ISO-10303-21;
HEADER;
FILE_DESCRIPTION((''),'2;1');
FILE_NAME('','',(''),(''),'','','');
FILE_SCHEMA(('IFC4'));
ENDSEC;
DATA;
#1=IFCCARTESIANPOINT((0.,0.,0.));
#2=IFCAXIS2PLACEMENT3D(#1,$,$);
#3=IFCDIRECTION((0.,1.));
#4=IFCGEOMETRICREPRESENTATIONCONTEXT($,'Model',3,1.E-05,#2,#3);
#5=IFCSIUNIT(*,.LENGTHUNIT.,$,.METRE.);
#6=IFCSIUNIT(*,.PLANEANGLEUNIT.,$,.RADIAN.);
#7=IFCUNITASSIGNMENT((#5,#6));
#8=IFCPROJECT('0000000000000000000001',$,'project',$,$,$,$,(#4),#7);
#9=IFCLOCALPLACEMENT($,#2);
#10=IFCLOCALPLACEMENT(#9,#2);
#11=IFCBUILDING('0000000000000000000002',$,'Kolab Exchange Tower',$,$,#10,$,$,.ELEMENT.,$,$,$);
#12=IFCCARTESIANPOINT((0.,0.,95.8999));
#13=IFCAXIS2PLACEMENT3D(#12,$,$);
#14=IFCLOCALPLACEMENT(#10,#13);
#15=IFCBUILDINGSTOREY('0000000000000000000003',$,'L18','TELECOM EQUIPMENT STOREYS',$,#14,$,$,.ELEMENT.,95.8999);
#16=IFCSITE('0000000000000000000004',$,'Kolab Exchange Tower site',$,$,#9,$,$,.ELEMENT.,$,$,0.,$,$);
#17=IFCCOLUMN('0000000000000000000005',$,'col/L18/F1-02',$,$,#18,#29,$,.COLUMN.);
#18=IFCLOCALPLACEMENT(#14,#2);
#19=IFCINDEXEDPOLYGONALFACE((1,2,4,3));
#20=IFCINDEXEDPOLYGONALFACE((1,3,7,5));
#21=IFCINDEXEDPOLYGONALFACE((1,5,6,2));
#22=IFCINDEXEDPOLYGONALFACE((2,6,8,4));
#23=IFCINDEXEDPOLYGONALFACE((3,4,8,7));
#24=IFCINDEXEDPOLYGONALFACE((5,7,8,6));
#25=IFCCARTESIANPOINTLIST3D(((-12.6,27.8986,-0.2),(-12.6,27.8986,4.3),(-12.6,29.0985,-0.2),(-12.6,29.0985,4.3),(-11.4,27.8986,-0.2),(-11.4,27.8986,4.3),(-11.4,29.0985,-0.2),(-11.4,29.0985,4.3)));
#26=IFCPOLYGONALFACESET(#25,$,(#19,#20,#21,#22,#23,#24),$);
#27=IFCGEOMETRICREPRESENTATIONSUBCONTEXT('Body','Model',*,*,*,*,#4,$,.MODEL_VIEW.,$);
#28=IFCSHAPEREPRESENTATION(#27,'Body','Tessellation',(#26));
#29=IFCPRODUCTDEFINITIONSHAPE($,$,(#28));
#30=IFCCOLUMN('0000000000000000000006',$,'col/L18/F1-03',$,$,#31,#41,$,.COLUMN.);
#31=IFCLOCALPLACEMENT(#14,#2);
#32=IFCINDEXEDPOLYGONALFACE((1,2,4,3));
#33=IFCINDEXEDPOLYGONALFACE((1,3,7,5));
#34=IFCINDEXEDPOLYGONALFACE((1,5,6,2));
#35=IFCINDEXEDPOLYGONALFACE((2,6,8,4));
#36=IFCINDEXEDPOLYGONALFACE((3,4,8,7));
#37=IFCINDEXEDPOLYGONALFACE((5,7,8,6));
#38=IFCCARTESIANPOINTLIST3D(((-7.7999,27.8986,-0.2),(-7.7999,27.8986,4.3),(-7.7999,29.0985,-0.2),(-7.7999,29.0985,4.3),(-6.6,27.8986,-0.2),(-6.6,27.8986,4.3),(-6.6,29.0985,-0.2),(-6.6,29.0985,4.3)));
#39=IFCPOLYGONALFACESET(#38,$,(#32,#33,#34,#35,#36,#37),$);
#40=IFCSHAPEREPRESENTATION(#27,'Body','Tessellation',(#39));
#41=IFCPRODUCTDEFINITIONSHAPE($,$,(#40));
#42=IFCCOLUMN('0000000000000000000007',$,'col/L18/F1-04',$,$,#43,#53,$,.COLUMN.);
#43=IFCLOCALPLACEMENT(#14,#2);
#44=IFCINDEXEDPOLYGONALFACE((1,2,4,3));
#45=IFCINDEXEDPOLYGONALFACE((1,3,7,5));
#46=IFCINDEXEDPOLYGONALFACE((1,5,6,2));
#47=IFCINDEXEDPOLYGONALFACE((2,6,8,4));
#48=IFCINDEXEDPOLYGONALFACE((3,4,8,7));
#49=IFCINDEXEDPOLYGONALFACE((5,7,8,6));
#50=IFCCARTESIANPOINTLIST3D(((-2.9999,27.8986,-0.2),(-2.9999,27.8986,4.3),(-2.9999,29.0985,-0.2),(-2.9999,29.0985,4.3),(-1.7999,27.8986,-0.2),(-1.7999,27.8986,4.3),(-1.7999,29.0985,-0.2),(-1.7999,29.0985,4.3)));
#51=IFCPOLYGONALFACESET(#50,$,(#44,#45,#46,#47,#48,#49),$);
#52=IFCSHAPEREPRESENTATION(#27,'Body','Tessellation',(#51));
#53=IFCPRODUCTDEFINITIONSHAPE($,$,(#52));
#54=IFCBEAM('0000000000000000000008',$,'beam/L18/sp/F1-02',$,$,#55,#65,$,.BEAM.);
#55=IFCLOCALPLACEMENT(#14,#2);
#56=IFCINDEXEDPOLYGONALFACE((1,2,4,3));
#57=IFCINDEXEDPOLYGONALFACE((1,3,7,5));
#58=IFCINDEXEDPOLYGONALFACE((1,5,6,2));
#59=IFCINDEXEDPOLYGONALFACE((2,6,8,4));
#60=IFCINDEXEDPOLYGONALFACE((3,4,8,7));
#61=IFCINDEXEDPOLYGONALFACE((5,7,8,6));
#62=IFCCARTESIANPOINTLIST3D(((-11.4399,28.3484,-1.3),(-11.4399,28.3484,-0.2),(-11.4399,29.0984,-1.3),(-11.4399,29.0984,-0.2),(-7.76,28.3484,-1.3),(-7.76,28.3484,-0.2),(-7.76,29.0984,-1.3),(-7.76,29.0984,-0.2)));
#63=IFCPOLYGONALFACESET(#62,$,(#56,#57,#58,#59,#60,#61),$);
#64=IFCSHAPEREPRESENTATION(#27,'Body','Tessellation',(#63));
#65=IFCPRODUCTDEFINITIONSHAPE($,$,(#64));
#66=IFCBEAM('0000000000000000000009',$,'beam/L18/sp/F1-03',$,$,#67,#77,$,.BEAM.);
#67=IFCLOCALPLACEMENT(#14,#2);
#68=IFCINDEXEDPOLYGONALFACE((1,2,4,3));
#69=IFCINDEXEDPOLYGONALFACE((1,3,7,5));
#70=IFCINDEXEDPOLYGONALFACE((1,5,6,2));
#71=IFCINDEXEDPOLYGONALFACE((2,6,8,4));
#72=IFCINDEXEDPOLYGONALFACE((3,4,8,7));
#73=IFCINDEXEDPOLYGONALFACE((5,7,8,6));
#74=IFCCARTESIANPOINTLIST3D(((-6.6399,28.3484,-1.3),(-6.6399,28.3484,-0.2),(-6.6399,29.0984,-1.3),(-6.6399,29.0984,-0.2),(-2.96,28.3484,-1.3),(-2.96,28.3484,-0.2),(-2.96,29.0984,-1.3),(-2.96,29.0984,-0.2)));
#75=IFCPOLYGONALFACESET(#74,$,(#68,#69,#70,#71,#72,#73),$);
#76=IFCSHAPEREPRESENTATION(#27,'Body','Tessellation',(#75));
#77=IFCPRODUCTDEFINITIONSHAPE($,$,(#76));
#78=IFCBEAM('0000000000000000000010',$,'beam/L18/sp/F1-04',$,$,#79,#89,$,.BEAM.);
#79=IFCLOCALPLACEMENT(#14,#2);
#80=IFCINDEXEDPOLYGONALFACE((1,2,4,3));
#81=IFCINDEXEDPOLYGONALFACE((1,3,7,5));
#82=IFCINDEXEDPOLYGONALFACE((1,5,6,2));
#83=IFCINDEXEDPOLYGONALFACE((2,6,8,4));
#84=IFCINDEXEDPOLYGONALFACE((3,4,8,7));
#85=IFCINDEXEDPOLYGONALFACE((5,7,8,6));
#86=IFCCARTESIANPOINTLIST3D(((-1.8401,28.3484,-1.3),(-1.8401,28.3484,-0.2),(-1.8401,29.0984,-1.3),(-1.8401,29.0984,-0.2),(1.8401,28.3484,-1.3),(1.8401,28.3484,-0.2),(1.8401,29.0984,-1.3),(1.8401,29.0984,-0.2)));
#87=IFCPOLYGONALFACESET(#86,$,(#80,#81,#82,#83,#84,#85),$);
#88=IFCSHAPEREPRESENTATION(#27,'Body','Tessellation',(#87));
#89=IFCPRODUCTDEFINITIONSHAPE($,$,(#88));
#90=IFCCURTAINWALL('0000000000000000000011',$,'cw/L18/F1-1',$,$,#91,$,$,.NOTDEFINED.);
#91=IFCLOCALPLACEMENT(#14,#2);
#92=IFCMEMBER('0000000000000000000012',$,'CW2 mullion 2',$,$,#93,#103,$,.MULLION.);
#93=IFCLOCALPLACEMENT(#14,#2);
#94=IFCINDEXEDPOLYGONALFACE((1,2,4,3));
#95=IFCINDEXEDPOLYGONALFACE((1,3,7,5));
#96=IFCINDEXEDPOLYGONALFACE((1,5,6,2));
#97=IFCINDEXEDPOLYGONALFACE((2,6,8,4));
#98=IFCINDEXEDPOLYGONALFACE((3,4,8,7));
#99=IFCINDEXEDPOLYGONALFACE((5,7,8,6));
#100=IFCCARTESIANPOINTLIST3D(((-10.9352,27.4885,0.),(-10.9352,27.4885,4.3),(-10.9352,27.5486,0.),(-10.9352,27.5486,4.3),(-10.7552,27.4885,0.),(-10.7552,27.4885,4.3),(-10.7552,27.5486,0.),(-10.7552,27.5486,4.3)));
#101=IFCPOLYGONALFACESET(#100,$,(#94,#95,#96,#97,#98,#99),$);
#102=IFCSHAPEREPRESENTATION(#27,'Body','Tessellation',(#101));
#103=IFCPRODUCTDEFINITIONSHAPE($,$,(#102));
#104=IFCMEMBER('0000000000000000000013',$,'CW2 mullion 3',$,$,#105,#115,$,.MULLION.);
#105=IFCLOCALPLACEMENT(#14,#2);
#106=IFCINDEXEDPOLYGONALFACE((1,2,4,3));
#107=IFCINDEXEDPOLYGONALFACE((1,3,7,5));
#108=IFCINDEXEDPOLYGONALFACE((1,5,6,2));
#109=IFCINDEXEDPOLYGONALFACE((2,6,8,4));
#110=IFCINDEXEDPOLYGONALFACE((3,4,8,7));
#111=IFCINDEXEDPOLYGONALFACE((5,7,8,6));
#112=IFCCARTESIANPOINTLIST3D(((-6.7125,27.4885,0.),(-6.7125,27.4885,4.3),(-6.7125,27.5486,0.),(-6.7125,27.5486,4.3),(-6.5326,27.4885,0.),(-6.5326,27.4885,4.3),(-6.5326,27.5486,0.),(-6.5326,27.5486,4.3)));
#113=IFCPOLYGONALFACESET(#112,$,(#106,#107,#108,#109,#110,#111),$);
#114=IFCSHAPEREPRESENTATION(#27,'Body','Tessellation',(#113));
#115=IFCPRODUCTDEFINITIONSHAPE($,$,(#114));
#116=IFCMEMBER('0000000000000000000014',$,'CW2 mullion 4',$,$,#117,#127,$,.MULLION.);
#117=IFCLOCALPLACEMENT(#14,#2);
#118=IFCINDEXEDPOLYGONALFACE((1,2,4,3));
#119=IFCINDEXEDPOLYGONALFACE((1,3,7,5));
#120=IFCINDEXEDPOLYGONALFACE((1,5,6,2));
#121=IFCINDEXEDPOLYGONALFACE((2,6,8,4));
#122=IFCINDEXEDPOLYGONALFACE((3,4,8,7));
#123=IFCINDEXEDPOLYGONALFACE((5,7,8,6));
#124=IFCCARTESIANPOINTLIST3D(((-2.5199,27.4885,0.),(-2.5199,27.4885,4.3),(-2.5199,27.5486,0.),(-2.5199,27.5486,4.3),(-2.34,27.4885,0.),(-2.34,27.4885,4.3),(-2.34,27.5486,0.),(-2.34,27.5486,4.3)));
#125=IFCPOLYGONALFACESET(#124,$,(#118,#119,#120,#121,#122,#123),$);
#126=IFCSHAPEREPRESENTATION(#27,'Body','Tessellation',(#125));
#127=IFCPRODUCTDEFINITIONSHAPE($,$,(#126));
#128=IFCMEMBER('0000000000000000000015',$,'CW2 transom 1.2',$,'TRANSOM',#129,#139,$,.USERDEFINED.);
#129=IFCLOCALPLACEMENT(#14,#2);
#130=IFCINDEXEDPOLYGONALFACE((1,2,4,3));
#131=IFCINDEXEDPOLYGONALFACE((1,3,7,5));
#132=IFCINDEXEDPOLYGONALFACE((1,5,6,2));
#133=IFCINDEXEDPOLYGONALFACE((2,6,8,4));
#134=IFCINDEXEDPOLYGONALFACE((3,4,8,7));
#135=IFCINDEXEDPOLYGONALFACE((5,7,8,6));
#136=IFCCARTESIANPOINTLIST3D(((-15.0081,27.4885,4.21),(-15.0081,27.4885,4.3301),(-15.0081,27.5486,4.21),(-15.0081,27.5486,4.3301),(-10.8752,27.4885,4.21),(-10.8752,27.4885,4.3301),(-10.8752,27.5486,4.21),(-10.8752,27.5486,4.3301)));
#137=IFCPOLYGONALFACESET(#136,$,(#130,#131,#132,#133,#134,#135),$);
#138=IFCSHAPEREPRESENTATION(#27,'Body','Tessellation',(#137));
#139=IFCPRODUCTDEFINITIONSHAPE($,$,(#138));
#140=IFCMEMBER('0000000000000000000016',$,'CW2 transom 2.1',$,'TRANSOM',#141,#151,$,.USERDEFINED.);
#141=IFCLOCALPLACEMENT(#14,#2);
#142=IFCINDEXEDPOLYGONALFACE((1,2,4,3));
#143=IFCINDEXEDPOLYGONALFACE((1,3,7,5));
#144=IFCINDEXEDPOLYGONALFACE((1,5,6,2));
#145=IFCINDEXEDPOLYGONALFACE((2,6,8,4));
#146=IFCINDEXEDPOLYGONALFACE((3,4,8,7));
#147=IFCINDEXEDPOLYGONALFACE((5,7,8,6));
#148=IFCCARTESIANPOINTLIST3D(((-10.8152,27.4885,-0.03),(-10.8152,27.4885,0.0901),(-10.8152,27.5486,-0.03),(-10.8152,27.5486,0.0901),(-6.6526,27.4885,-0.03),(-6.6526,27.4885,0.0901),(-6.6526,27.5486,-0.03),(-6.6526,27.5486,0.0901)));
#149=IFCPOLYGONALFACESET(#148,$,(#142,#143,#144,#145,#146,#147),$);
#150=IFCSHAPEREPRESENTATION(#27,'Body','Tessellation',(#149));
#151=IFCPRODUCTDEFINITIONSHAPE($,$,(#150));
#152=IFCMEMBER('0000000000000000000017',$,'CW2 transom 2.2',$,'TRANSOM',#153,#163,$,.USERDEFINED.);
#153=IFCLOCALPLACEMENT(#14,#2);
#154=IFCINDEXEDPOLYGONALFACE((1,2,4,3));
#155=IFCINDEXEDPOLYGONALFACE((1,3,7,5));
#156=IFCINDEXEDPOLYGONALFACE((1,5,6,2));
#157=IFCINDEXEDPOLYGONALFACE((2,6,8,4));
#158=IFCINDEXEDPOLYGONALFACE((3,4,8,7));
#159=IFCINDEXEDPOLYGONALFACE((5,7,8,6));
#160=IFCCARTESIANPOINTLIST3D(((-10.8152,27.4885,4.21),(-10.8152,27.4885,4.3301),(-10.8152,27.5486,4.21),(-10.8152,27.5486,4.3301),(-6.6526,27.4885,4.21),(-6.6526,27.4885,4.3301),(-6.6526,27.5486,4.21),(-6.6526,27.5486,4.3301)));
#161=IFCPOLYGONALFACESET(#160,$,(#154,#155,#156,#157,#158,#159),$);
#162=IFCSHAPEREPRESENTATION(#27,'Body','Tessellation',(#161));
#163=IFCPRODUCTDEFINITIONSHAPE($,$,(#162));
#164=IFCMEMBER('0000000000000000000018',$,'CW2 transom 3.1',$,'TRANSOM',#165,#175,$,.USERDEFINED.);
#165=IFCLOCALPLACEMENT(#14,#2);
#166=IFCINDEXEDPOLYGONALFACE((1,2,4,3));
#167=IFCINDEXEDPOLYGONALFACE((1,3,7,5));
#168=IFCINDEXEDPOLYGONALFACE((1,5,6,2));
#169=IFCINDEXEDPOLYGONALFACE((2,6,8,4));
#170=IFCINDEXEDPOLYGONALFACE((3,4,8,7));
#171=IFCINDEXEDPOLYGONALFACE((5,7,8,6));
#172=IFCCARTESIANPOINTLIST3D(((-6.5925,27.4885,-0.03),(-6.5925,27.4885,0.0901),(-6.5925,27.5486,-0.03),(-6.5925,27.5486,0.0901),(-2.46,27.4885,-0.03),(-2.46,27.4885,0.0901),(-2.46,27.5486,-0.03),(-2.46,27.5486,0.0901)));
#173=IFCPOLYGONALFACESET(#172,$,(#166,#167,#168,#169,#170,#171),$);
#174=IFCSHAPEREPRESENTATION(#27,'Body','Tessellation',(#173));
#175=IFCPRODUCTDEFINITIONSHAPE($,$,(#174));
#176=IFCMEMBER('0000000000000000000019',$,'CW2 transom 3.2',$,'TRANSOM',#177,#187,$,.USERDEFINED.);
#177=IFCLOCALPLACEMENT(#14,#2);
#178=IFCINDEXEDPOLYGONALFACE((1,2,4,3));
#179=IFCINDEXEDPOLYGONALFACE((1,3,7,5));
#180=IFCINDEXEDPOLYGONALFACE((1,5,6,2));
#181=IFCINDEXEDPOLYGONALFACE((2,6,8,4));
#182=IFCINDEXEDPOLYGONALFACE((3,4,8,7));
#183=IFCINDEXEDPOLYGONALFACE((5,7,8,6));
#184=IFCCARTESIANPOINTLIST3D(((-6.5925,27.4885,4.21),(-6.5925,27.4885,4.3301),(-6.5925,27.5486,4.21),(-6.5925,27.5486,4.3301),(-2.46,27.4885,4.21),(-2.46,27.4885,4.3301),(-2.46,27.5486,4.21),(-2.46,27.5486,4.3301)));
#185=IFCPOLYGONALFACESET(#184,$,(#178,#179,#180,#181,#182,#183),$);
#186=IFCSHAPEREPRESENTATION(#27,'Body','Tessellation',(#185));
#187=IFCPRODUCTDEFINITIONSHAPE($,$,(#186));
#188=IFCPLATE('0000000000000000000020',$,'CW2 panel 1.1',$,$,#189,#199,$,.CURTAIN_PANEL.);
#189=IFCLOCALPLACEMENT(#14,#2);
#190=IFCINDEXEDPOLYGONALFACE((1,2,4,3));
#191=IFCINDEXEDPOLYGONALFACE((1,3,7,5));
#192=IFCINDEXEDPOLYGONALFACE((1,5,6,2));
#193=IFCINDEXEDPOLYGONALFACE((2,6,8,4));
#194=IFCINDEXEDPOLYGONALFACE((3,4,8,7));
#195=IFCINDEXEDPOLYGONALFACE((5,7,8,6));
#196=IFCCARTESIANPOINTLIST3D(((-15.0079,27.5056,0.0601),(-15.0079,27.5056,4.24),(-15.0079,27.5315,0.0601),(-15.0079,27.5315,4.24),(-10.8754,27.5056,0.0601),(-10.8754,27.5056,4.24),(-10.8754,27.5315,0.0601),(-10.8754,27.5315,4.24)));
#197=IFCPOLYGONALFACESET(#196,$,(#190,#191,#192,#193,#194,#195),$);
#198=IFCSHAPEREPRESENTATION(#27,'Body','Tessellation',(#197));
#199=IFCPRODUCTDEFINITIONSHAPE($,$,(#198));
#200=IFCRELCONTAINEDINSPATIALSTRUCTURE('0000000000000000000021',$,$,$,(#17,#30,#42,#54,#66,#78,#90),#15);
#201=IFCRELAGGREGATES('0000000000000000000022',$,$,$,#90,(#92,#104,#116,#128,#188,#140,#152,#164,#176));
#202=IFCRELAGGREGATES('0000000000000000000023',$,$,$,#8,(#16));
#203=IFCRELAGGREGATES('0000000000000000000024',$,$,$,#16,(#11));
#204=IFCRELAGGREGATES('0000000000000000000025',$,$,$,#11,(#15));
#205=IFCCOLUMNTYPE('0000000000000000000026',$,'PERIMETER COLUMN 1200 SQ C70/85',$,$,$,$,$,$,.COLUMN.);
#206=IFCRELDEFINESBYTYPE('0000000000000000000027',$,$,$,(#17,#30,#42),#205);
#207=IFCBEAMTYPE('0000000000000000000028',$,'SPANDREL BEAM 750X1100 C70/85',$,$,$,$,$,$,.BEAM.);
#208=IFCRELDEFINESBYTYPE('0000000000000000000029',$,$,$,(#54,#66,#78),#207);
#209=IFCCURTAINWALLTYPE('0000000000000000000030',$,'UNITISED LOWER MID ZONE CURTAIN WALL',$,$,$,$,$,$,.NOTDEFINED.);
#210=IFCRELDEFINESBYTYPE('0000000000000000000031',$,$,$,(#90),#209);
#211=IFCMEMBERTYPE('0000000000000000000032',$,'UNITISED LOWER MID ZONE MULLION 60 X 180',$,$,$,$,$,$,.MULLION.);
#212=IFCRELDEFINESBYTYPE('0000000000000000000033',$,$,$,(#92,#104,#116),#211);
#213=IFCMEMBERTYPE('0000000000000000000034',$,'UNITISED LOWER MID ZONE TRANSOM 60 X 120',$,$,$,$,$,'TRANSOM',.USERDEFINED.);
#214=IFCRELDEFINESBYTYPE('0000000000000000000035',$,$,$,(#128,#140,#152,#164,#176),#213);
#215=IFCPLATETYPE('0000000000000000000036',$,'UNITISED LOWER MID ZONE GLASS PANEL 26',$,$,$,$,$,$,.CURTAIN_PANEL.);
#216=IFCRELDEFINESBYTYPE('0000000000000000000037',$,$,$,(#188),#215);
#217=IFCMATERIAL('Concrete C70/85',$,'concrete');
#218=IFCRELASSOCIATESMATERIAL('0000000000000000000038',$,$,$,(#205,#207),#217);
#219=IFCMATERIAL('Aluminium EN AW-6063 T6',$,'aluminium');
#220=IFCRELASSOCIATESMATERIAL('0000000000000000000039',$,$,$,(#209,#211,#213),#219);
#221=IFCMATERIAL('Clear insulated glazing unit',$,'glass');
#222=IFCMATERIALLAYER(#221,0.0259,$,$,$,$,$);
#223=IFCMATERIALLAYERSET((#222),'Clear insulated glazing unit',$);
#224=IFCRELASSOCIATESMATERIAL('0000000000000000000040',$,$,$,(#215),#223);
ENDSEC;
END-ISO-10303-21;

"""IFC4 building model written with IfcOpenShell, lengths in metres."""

from ifc_helpers import new_model, si_unit, direction, frame, origin, origin_2d, place, context, subcontext, project, spatial, rectangle, extrude, material, layer, layer_set, material_profile, profile_set, type_object, element, aggregate, save


model = new_model("IFC4")

# Units and contexts
model_context = context("Model", 3, precision=1e-05, world=origin(), true_north=direction((0.0, 1.0)))
body_context = subcontext(model_context, "Body", "Model", "MODEL_VIEW")
ifc_project = project(units=[si_unit("LENGTHUNIT", "METRE"), si_unit("PLANEANGLEUNIT", "RADIAN")], contexts=[model_context])

# Site, building, storey
site_placement = place(None, origin())
site = spatial("IfcSite", under=ifc_project, at=site_placement, Name="Kolab Exchange Tower site", CompositionType="ELEMENT", RefElevation=0.0)
building_placement = place(site_placement, origin())
building = spatial("IfcBuilding", under=site, at=building_placement, Name="Kolab Exchange Tower", CompositionType="ELEMENT")
storey_placement = place(building_placement, frame((0.0, 0.0, 95.8999)))
storey = spatial("IfcBuildingStorey", under=building, at=storey_placement, Name="L18", Description="TELECOM EQUIPMENT STOREYS", CompositionType="ELEMENT", Elevation=95.8999)

# Columns
ifc_material_1 = material(Name="Concrete C70/85", Category="concrete")
ifc_material_profile_1 = material_profile(ifc_material_1, rectangle(XDim=1.2, YDim=1.2, at=origin_2d()), Name="RC1200")
ifc_profile_set_1 = profile_set([ifc_material_profile_1], Name="Concrete C70/85")
column_type = type_object("IfcColumnType", Name="PERIMETER COLUMN 1200 SQ C70/85", PredefinedType="COLUMN", material=ifc_profile_set_1)
for number, where, z_axis, x_axis, name in (
    (1, (-12.0, 28.4985, -0.2), (0.0, 0.0, 1.0), (1.0, 0.0, 0.0), "col/L18/F1-02"),
    (2, (-7.2, 28.4985, -0.2), (0.0, 0.0, 1.0), (1.0, 0.0, 0.0), "col/L18/F1-03"),
    (3, (-2.3999, 28.4985, -0.2), (0.0, 0.0, 1.0), (1.0, 0.0, 0.0), "col/L18/F1-04"),
):
    element("IfcColumn", number, at=place(storey_placement, frame(where, z_axis=z_axis, x_axis=x_axis)), inside=storey, type_object=column_type, Name=name, PredefinedType="COLUMN", context=body_context, shape_type="SweptSolid", body=[
        extrude(rectangle(XDim=1.2, YDim=1.2, at=origin_2d()), origin(), (0.0, 0.0, 1.0), 4.5),
    ])

# Beams
ifc_material_profile_2 = material_profile(ifc_material_1, rectangle(XDim=0.75, YDim=1.1001, at=origin_2d()), Name="RC750X1100")
ifc_profile_set_2 = profile_set([ifc_material_profile_2], Name="Concrete C70/85")
beam_type = type_object("IfcBeamType", Name="SPANDREL BEAM 750X1100 C70/85", PredefinedType="BEAM", material=ifc_profile_set_2)
for number, where, z_axis, x_axis, name in (
    (4, (-11.4399, 28.7234, -0.75), (1.0, 0.0, 0.0), (0.0, 1.0, 0.0), "beam/L18/sp/F1-02"),
    (5, (-6.6399, 28.7234, -0.75), (1.0, 0.0, 0.0), (0.0, 1.0, 0.0), "beam/L18/sp/F1-03"),
):
    element("IfcBeam", number, at=place(storey_placement, frame(where, z_axis=z_axis, x_axis=x_axis)), inside=storey, type_object=beam_type, Name=name, PredefinedType="BEAM", context=body_context, shape_type="SweptSolid", body=[
        extrude(rectangle(XDim=0.75, YDim=1.1001, at=origin_2d()), origin(), (0.0, 0.0, 1.0), 3.6799),
    ])
beam_placement = place(storey_placement, frame((-1.8401, 28.7234, -0.75), z_axis=(1.0, 0.0, 0.0), x_axis=(0.0, 1.0, 0.0)))
element("IfcBeam", 6, at=beam_placement, inside=storey, type_object=beam_type, Name="beam/L18/sp/F1-04", PredefinedType="BEAM", context=body_context, shape_type="SweptSolid", body=[
    extrude(rectangle(XDim=0.75, YDim=1.1001, at=origin_2d()), origin(), (0.0, 0.0, 1.0), 3.6802),
])

# Curtain wall, members, plate
ifc_material_2 = material(Name="Aluminium EN AW-6063 T6", Category="aluminium")
curtain_wall_type = type_object("IfcCurtainWallType", Name="UNITISED LOWER MID ZONE CURTAIN WALL", PredefinedType="NOTDEFINED", material=ifc_material_2)
curtain_wall_placement = place(storey_placement, origin())
curtain_wall = element("IfcCurtainWall", 7, at=curtain_wall_placement, inside=storey, type_object=curtain_wall_type, Name="cw/L18/F1-1", PredefinedType="NOTDEFINED")
ifc_material_profile_3 = material_profile(ifc_material_2, rectangle(XDim=0.0601, YDim=0.1799, at=origin_2d()), Name="RECT 60X180")
ifc_profile_set_3 = profile_set([ifc_material_profile_3], Name="Aluminium EN AW-6063 T6")
member_type_1 = type_object("IfcMemberType", Name="UNITISED LOWER MID ZONE MULLION 60 X 180", PredefinedType="MULLION", material=ifc_profile_set_3)
member_1_placement = place(storey_placement, frame((-10.8452, 27.5186, 0.0), z_axis=(0.0, 0.0, 1.0), x_axis=(0.0, 1.0, 0.0)))
member_1 = element("IfcMember", 8, at=member_1_placement, type_object=member_type_1, Name="CW2 mullion 2", PredefinedType="MULLION", context=body_context, shape_type="SweptSolid", body=[
    extrude(rectangle(XDim=0.0601, YDim=0.1799, at=origin_2d()), origin(), (0.0, 0.0, 1.0), 4.3),
])
member_2_placement = place(storey_placement, frame((-6.6226, 27.5186, 0.0), z_axis=(0.0, 0.0, 1.0), x_axis=(0.0, 1.0, 0.0)))
member_2 = element("IfcMember", 9, at=member_2_placement, type_object=member_type_1, Name="CW2 mullion 3", PredefinedType="MULLION", context=body_context, shape_type="SweptSolid", body=[
    extrude(rectangle(XDim=0.0601, YDim=0.1799, at=origin_2d()), origin(), (0.0, 0.0, 1.0), 4.3),
])
member_3_placement = place(storey_placement, frame((-2.4299, 27.5186, 0.0), z_axis=(0.0, 0.0, 1.0), x_axis=(0.0, 1.0, 0.0)))
member_3 = element("IfcMember", 10, at=member_3_placement, type_object=member_type_1, Name="CW2 mullion 4", PredefinedType="MULLION", context=body_context, shape_type="SweptSolid", body=[
    extrude(rectangle(XDim=0.0601, YDim=0.1799, at=origin_2d()), origin(), (0.0, 0.0, 1.0), 4.3),
])
ifc_material_profile_4 = material_profile(ifc_material_2, rectangle(XDim=0.0601, YDim=0.1201, at=origin_2d()), Name="RECT 60X120")
ifc_profile_set_4 = profile_set([ifc_material_profile_4], Name="Aluminium EN AW-6063 T6")
member_type_2 = type_object("IfcMemberType", Name="UNITISED LOWER MID ZONE TRANSOM 60 X 120", ElementType="TRANSOM", PredefinedType="USERDEFINED", material=ifc_profile_set_4)
member_4_placement = place(storey_placement, frame((-15.0081, 27.5186, 4.27), z_axis=(1.0, 0.0, 0.0), x_axis=(0.0, 1.0, 0.0)))
member_4 = element("IfcMember", 11, at=member_4_placement, type_object=member_type_2, Name="CW2 transom 1.2", ObjectType="TRANSOM", PredefinedType="USERDEFINED", context=body_context, shape_type="SweptSolid", body=[
    extrude(rectangle(XDim=0.0601, YDim=0.1201, at=origin_2d()), origin(), (0.0, 0.0, 1.0), 4.1328),
])
member_5_placement = place(storey_placement, frame((-10.8152, 27.5186, 0.03), z_axis=(1.0, 0.0, 0.0), x_axis=(0.0, 1.0, 0.0)))
member_5 = element("IfcMember", 12, at=member_5_placement, type_object=member_type_2, Name="CW2 transom 2.1", ObjectType="TRANSOM", PredefinedType="USERDEFINED", context=body_context, shape_type="SweptSolid", body=[
    extrude(rectangle(XDim=0.0601, YDim=0.1201, at=origin_2d()), origin(), (0.0, 0.0, 1.0), 4.1626),
])
member_6_placement = place(storey_placement, frame((-10.8152, 27.5186, 4.27), z_axis=(1.0, 0.0, 0.0), x_axis=(0.0, 1.0, 0.0)))
member_6 = element("IfcMember", 13, at=member_6_placement, type_object=member_type_2, Name="CW2 transom 2.2", ObjectType="TRANSOM", PredefinedType="USERDEFINED", context=body_context, shape_type="SweptSolid", body=[
    extrude(rectangle(XDim=0.0601, YDim=0.1201, at=origin_2d()), origin(), (0.0, 0.0, 1.0), 4.1626),
])
member_7_placement = place(storey_placement, frame((-6.5925, 27.5186, 0.03), z_axis=(1.0, 0.0, 0.0), x_axis=(0.0, 1.0, 0.0)))
member_7 = element("IfcMember", 14, at=member_7_placement, type_object=member_type_2, Name="CW2 transom 3.1", ObjectType="TRANSOM", PredefinedType="USERDEFINED", context=body_context, shape_type="SweptSolid", body=[
    extrude(rectangle(XDim=0.0601, YDim=0.1201, at=origin_2d()), origin(), (0.0, 0.0, 1.0), 4.1326),
])
member_8_placement = place(storey_placement, frame((-6.5925, 27.5186, 4.27), z_axis=(1.0, 0.0, 0.0), x_axis=(0.0, 1.0, 0.0)))
member_8 = element("IfcMember", 15, at=member_8_placement, type_object=member_type_2, Name="CW2 transom 3.2", ObjectType="TRANSOM", PredefinedType="USERDEFINED", context=body_context, shape_type="SweptSolid", body=[
    extrude(rectangle(XDim=0.0601, YDim=0.1201, at=origin_2d()), origin(), (0.0, 0.0, 1.0), 4.1326),
])
ifc_material_3 = material(Name="Clear insulated glazing unit", Category="glass")
ifc_layer_1 = layer(ifc_material_3, 0.0259)
ifc_layer_set_1 = layer_set([ifc_layer_1], Name="Clear insulated glazing unit")
plate_type = type_object("IfcPlateType", Name="UNITISED LOWER MID ZONE GLASS PANEL 26", PredefinedType="CURTAIN_PANEL", material=ifc_layer_set_1)
plate_1_placement = place(storey_placement, frame((-12.9417, 27.5186, 0.0601), z_axis=(0.0, 0.0, 1.0), x_axis=(1.0, 0.0, 0.0)))
plate_1 = element("IfcPlate", 16, at=plate_1_placement, type_object=plate_type, Name="CW2 panel 1.1", PredefinedType="CURTAIN_PANEL", context=body_context, shape_type="SweptSolid", body=[
    extrude(rectangle(XDim=4.1326, YDim=0.0259, at=origin_2d()), origin(), (0.0, 0.0, 1.0), 4.1799),
])
aggregate(curtain_wall, [member_1, member_2, member_3, member_4, plate_1, member_5, member_6, member_7, member_8])

save(model, "model.ifc")
